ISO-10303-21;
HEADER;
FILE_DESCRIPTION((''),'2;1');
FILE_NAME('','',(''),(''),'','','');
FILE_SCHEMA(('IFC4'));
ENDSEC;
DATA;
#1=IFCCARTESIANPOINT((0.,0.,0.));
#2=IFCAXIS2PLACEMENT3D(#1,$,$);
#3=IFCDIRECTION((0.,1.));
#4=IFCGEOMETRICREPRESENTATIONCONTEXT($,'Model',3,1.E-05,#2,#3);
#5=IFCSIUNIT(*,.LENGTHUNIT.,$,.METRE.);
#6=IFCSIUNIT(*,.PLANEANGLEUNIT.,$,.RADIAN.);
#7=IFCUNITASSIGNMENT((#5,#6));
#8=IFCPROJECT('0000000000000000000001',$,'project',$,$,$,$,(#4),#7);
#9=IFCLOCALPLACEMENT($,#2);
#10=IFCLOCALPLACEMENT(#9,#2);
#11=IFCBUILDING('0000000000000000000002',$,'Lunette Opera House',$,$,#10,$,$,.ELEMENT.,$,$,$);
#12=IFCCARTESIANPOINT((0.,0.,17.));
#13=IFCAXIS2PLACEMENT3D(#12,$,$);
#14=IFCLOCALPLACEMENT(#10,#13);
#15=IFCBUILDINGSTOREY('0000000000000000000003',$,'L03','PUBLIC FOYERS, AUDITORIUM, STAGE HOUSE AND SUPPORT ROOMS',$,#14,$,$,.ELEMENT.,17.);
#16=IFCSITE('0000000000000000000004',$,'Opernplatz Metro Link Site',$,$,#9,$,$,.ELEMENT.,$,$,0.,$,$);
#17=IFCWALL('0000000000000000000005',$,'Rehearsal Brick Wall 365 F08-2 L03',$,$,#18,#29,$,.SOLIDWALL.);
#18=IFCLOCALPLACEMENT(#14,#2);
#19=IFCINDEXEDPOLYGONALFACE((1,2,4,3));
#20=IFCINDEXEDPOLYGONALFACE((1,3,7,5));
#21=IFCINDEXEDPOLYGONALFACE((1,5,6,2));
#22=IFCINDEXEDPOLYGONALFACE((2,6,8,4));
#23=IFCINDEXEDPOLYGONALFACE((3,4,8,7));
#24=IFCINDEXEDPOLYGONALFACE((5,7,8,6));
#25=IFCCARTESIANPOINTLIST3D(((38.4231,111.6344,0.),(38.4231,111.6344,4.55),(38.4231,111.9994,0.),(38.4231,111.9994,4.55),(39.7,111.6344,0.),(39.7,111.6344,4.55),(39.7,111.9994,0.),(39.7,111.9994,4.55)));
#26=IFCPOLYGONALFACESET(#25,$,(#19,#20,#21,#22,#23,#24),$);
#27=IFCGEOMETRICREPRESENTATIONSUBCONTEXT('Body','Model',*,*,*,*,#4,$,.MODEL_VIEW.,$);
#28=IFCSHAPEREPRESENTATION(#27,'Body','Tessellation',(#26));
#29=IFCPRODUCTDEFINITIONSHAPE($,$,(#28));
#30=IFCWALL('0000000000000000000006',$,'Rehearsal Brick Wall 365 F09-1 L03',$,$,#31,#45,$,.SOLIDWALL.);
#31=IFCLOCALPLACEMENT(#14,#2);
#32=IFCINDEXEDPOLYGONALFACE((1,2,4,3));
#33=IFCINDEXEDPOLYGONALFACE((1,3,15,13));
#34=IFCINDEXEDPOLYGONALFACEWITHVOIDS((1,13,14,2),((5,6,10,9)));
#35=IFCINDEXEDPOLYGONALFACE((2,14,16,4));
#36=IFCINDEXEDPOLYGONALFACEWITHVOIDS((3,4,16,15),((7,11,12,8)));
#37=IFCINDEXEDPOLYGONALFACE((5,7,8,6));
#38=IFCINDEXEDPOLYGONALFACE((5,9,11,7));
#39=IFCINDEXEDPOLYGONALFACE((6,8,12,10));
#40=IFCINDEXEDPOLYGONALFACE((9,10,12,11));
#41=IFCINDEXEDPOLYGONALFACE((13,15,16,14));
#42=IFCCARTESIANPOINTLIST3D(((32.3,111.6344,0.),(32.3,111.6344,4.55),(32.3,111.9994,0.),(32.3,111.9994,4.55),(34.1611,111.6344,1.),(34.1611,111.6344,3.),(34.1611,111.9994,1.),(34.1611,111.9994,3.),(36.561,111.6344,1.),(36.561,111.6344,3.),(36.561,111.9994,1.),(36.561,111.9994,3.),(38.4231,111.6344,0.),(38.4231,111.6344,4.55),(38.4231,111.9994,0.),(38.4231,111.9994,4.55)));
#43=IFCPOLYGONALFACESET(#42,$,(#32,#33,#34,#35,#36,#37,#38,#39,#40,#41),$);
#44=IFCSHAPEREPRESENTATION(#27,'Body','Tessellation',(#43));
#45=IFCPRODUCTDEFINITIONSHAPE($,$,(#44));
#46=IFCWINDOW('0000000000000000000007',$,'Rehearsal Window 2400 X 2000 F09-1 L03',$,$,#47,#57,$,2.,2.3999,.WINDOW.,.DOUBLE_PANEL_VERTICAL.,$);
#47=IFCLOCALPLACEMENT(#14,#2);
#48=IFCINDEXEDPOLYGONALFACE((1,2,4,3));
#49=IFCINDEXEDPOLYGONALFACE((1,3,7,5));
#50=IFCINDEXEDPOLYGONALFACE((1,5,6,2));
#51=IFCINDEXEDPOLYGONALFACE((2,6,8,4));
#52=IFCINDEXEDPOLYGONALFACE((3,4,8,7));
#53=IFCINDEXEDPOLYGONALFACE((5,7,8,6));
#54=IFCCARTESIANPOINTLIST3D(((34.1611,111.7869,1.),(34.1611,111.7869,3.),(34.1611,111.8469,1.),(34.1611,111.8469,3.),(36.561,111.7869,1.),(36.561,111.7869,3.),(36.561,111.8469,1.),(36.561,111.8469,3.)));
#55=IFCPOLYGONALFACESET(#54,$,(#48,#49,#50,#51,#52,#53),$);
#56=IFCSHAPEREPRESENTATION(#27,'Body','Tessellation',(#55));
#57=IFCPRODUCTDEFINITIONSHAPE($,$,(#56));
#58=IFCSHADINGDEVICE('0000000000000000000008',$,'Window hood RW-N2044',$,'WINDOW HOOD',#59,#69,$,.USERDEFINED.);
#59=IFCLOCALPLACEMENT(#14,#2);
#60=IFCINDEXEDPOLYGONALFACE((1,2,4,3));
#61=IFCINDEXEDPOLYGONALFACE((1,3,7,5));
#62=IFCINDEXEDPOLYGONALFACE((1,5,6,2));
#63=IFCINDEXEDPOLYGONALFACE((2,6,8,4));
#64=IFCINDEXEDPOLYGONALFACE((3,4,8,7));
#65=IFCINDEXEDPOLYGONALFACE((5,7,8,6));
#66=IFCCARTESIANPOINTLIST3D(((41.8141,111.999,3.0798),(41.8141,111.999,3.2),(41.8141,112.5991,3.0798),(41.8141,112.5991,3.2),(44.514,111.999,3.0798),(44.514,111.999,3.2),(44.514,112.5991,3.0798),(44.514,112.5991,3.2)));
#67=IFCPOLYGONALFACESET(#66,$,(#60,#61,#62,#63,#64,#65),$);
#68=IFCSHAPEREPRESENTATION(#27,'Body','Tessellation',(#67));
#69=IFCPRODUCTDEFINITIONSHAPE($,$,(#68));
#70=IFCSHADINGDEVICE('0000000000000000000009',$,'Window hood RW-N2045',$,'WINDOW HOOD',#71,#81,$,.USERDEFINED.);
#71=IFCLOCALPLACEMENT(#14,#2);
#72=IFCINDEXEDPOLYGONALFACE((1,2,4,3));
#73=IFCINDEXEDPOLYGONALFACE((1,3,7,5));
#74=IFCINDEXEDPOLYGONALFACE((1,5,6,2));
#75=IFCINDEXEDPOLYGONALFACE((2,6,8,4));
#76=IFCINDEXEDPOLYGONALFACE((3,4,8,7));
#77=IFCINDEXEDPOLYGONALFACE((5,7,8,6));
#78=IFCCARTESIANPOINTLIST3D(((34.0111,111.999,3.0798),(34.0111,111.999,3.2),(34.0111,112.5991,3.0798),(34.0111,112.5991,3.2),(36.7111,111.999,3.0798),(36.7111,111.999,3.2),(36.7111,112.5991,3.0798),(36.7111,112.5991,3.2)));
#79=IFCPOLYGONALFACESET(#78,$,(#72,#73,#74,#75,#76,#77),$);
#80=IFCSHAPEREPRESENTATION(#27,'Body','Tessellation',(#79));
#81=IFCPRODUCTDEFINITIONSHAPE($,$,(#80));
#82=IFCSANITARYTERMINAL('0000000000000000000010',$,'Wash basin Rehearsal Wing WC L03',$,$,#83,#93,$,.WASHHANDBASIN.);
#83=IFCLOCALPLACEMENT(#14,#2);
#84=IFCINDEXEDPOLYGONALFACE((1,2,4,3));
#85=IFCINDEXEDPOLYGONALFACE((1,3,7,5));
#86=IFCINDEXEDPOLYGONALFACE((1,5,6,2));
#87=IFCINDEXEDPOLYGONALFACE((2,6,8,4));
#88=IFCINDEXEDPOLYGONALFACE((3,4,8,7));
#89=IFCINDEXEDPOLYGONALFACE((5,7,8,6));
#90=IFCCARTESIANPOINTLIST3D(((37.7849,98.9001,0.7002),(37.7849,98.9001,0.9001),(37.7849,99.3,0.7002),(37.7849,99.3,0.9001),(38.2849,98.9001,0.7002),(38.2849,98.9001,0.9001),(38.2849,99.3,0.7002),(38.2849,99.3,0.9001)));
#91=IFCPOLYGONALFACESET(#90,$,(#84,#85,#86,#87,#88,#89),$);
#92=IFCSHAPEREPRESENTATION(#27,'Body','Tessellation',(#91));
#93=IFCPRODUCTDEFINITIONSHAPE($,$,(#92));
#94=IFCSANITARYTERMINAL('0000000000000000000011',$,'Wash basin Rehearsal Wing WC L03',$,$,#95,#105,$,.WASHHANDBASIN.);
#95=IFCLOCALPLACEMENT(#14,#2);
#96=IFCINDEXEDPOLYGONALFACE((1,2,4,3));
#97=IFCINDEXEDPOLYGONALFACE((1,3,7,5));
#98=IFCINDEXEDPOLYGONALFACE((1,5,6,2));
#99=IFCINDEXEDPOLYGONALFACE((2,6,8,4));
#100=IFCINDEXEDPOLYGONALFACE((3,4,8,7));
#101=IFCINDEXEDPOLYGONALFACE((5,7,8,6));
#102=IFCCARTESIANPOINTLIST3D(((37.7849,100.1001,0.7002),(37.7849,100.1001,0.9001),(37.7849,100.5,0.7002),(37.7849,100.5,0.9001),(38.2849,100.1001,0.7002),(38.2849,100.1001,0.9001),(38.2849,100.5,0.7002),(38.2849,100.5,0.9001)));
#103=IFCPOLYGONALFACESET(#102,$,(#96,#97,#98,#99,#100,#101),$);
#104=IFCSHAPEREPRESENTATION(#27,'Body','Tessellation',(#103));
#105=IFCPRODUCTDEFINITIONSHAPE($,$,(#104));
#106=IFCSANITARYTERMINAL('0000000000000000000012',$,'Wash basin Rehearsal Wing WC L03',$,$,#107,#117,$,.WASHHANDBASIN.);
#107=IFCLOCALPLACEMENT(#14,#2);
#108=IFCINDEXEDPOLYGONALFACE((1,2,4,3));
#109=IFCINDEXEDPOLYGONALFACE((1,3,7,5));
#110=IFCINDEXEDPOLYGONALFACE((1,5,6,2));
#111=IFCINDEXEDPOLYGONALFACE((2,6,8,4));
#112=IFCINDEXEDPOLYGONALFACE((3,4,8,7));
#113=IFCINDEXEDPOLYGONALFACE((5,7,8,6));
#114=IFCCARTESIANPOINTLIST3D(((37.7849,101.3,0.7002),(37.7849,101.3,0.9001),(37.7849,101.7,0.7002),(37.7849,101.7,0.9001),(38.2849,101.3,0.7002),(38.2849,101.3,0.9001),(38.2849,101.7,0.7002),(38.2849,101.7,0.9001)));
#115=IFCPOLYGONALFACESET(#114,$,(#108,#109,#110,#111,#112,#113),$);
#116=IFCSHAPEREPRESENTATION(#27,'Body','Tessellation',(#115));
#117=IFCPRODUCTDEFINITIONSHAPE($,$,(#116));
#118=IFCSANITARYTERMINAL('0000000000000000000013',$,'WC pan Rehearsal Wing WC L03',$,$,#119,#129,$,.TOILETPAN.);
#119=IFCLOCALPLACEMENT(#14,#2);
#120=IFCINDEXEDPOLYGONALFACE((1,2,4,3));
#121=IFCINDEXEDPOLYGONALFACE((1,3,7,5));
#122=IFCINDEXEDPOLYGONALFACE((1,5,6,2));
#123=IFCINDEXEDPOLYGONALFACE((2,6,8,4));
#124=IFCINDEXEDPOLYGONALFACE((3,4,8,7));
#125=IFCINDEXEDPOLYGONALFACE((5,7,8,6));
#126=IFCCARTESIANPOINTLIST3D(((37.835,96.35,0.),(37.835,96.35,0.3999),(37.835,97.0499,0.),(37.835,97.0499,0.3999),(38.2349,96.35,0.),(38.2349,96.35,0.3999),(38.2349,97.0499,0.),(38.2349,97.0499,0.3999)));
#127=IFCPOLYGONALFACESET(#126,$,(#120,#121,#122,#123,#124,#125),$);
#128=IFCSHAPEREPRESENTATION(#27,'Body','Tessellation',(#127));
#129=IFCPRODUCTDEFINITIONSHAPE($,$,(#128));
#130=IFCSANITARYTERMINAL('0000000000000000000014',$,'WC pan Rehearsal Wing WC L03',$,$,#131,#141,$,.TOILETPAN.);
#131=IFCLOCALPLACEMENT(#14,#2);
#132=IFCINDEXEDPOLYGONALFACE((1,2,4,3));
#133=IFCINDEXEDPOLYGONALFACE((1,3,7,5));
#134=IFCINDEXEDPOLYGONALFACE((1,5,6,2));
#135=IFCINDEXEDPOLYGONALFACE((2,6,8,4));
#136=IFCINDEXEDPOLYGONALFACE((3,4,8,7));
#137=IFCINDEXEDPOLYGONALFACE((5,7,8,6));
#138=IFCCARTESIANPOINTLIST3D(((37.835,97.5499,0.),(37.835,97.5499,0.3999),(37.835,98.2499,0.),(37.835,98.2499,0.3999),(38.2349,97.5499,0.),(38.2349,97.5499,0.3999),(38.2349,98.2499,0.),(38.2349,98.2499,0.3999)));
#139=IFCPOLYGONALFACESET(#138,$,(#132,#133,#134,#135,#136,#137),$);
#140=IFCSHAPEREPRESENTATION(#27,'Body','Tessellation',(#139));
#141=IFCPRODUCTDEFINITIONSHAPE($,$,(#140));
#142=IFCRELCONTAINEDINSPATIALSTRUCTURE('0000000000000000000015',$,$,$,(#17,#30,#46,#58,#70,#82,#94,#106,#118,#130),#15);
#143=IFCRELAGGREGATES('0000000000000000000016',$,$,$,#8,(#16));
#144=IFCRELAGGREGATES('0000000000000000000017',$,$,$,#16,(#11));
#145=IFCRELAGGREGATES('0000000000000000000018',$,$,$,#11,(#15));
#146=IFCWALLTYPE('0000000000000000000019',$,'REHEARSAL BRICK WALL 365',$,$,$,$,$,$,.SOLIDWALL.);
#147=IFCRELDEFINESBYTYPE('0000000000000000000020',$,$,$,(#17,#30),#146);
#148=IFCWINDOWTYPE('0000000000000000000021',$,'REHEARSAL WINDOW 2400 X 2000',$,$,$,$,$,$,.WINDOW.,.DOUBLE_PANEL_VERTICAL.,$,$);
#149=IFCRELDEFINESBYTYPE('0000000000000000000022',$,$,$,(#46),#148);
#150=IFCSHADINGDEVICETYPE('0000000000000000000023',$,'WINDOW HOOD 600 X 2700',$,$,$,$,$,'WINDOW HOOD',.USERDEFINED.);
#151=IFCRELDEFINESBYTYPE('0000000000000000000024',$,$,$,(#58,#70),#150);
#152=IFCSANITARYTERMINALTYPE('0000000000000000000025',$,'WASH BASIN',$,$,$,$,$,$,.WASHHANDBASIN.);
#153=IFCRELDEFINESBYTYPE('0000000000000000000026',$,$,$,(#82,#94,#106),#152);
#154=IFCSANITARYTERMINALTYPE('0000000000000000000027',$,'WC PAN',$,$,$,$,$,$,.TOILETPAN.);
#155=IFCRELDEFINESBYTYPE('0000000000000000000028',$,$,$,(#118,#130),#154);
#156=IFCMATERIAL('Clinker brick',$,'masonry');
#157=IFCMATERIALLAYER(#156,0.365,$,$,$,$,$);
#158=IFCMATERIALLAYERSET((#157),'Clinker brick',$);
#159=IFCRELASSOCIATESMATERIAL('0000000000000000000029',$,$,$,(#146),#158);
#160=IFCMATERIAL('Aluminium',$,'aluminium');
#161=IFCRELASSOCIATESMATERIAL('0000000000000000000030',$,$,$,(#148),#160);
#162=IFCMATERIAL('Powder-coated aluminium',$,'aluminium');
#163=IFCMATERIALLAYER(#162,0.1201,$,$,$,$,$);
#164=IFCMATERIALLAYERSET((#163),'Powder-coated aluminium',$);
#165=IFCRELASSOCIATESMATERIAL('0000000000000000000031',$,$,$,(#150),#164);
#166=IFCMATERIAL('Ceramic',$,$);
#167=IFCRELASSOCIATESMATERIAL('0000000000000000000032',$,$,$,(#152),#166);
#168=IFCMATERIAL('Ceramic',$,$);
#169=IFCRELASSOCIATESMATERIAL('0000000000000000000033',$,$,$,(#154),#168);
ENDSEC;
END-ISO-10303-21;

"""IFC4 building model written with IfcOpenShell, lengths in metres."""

from ifc_helpers import new_model, si_unit, direction, frame, frame_2d, origin, origin_2d, place, context, subcontext, project, spatial, rectangle, extrude, material, layer, layer_set, type_object, element, fill, save


model = new_model("IFC4")

# Units and contexts
model_context = context("Model", 3, precision=1e-05, world=origin(), true_north=direction((0.0, 1.0)))
body_context = subcontext(model_context, "Body", "Model", "MODEL_VIEW")
ifc_project = project(units=[si_unit("LENGTHUNIT", "METRE"), si_unit("PLANEANGLEUNIT", "RADIAN")], contexts=[model_context])

# Site, building, storey
site_placement = place(None, origin())
site = spatial("IfcSite", under=ifc_project, at=site_placement, Name="Opernplatz Metro Link Site", CompositionType="ELEMENT", RefElevation=0.0)
building_placement = place(site_placement, origin())
building = spatial("IfcBuilding", under=site, at=building_placement, Name="Lunette Opera House", CompositionType="ELEMENT")
storey_placement = place(building_placement, frame((0.0, 0.0, 17.0)))
storey = spatial("IfcBuildingStorey", under=building, at=storey_placement, Name="L03", Description="PUBLIC FOYERS, AUDITORIUM, STAGE HOUSE AND SUPPORT ROOMS", CompositionType="ELEMENT", Elevation=17.0)

# Shared definitions
ifc_material_1 = material(Name="Clinker brick", Category="masonry")
ifc_layer_1 = layer(ifc_material_1, 0.365)
ifc_layer_set_1 = layer_set([ifc_layer_1], Name="Clinker brick")
wall_type = type_object("IfcWallType", Name="REHEARSAL BRICK WALL 365", PredefinedType="SOLIDWALL", material=ifc_layer_set_1)

# Shared definitions
ifc_material_2 = material(Name="Aluminium", Category="aluminium")
window_type = type_object("IfcWindowType", Name="REHEARSAL WINDOW 2400 X 2000", PartitioningType="DOUBLE_PANEL_VERTICAL", PredefinedType="WINDOW", material=ifc_material_2)

# Wall
wall_1_placement = place(storey_placement, frame((39.7, 111.8169, 0.0), z_axis=(0.0, 0.0, 1.0), x_axis=(-1.0, 0.0, 0.0)))
element("IfcWall", 1, at=wall_1_placement, inside=storey, type_object=wall_type, Name="Rehearsal Brick Wall 365 F08-2 L03", PredefinedType="SOLIDWALL", context=body_context, shape_type="SweptSolid", body=[
    extrude(rectangle(XDim=1.2769, YDim=0.365, at=frame_2d((0.6384, 0.0))), origin(), (0.0, 0.0, 1.0), 4.55),
])

# Wall, opening, window
wall_2_placement = place(storey_placement, frame((38.4231, 111.8169, 0.0), z_axis=(0.0, 0.0, 1.0), x_axis=(-1.0, 0.0, 0.0)))
wall_2 = element("IfcWall", 2, at=wall_2_placement, inside=storey, type_object=wall_type, Name="Rehearsal Brick Wall 365 F09-1 L03", PredefinedType="SOLIDWALL", context=body_context, shape_type="SweptSolid", body=[
    extrude(rectangle(XDim=6.123, YDim=0.365, at=frame_2d((3.0615, 0.0))), origin(), (0.0, 0.0, 1.0), 4.55),
])
opening_1_placement = place(wall_2_placement, frame((1.8621, 0.0, 1.0)))
opening_1 = element("IfcOpeningElement", 3, at=opening_1_placement, cuts=wall_2, PredefinedType="OPENING", context=body_context, shape_type="SweptSolid", body=[
    extrude(rectangle(XDim=2.3999, YDim=2.0, at=frame_2d((1.2, 1.0))), frame((0.0, 0.1946, 0.0), z_axis=(0.0, -1.0, 0.0), x_axis=(1.0, 0.0, 0.0)), (0.0, 0.0, 1.0), 0.3889),
])
window_1_placement = place(opening_1_placement, origin())
window_1 = element("IfcWindow", 4, at=window_1_placement, inside=storey, type_object=window_type, Name="Rehearsal Window 2400 X 2000 F09-1 L03", OverallHeight=2.0, OverallWidth=2.3999, PartitioningType="DOUBLE_PANEL_VERTICAL", PredefinedType="WINDOW", context=body_context, shape_type="SweptSolid", body=[
    extrude(rectangle(XDim=2.3999, YDim=2.0, at=frame_2d((1.2, 1.0))), frame((0.0, 0.03, 0.0), z_axis=(0.0, -1.0, 0.0), x_axis=(1.0, 0.0, 0.0)), (0.0, 0.0, 1.0), 0.0601),
])
fill(opening_1, window_1)

# Shading devices
ifc_material_3 = material(Name="Powder-coated aluminium", Category="aluminium")
ifc_layer_2 = layer(ifc_material_3, 0.1201)
ifc_layer_set_2 = layer_set([ifc_layer_2], Name="Powder-coated aluminium")
shading_device_type = type_object("IfcShadingDeviceType", Name="WINDOW HOOD 600 X 2700", ElementType="WINDOW HOOD", PredefinedType="USERDEFINED", material=ifc_layer_set_2)
for number, where, z_axis, x_axis, name in (
    (5, (43.1641, 112.2991, 3.0798), (0.0, 0.0, 1.0), (0.0, 1.0, 0.0), "Window hood RW-N2044"),
    (6, (35.3611, 112.2991, 3.0798), (0.0, 0.0, 1.0), (0.0, 1.0, 0.0), "Window hood RW-N2045"),
):
    element("IfcShadingDevice", number, at=place(storey_placement, frame(where, z_axis=z_axis, x_axis=x_axis)), inside=storey, type_object=shading_device_type, Name=name, ObjectType="WINDOW HOOD", PredefinedType="USERDEFINED", context=body_context, shape_type="SweptSolid", body=[
        extrude(rectangle(XDim=0.6001, YDim=2.7, at=origin_2d()), origin(), (0.0, 0.0, 1.0), 0.1201),
    ])

# Sanitary terminals
ifc_material_4 = material(Name="Ceramic")
sanitary_terminal_type_1 = type_object("IfcSanitaryTerminalType", Name="WASH BASIN", PredefinedType="WASHHANDBASIN", material=ifc_material_4)
for number, where, z_axis, x_axis, name in (
    (7, (38.0349, 99.1001, 0.7002), (0.0, 0.0, 1.0), (1.0, 0.0, 0.0), "Wash basin Rehearsal Wing WC L03"),
    (8, (38.0349, 100.3, 0.7002), (0.0, 0.0, 1.0), (1.0, 0.0, 0.0), "Wash basin Rehearsal Wing WC L03"),
    (9, (38.0349, 101.5, 0.7002), (0.0, 0.0, 1.0), (1.0, 0.0, 0.0), "Wash basin Rehearsal Wing WC L03"),
):
    element("IfcSanitaryTerminal", number, at=place(storey_placement, frame(where, z_axis=z_axis, x_axis=x_axis)), inside=storey, type_object=sanitary_terminal_type_1, Name=name, PredefinedType="WASHHANDBASIN", context=body_context, shape_type="SweptSolid", body=[
        extrude(rectangle(XDim=0.5, YDim=0.3999, at=origin_2d()), origin(), (0.0, 0.0, 1.0), 0.2),
    ])
ifc_material_5 = material(Name="Ceramic")
sanitary_terminal_type_2 = type_object("IfcSanitaryTerminalType", Name="WC PAN", PredefinedType="TOILETPAN", material=ifc_material_5)
for number, where, z_axis, x_axis, name in (
    (10, (38.0349, 96.7, 0.0), (0.0, 0.0, 1.0), (1.0, 0.0, 0.0), "WC pan Rehearsal Wing WC L03"),
    (11, (38.0349, 97.8999, 0.0), (0.0, 0.0, 1.0), (1.0, 0.0, 0.0), "WC pan Rehearsal Wing WC L03"),
):
    element("IfcSanitaryTerminal", number, at=place(storey_placement, frame(where, z_axis=z_axis, x_axis=x_axis)), inside=storey, type_object=sanitary_terminal_type_2, Name=name, PredefinedType="TOILETPAN", context=body_context, shape_type="SweptSolid", body=[
        extrude(rectangle(XDim=0.3999, YDim=0.7, at=origin_2d()), origin(), (0.0, 0.0, 1.0), 0.3999),
    ])

save(model, "model.ifc")
